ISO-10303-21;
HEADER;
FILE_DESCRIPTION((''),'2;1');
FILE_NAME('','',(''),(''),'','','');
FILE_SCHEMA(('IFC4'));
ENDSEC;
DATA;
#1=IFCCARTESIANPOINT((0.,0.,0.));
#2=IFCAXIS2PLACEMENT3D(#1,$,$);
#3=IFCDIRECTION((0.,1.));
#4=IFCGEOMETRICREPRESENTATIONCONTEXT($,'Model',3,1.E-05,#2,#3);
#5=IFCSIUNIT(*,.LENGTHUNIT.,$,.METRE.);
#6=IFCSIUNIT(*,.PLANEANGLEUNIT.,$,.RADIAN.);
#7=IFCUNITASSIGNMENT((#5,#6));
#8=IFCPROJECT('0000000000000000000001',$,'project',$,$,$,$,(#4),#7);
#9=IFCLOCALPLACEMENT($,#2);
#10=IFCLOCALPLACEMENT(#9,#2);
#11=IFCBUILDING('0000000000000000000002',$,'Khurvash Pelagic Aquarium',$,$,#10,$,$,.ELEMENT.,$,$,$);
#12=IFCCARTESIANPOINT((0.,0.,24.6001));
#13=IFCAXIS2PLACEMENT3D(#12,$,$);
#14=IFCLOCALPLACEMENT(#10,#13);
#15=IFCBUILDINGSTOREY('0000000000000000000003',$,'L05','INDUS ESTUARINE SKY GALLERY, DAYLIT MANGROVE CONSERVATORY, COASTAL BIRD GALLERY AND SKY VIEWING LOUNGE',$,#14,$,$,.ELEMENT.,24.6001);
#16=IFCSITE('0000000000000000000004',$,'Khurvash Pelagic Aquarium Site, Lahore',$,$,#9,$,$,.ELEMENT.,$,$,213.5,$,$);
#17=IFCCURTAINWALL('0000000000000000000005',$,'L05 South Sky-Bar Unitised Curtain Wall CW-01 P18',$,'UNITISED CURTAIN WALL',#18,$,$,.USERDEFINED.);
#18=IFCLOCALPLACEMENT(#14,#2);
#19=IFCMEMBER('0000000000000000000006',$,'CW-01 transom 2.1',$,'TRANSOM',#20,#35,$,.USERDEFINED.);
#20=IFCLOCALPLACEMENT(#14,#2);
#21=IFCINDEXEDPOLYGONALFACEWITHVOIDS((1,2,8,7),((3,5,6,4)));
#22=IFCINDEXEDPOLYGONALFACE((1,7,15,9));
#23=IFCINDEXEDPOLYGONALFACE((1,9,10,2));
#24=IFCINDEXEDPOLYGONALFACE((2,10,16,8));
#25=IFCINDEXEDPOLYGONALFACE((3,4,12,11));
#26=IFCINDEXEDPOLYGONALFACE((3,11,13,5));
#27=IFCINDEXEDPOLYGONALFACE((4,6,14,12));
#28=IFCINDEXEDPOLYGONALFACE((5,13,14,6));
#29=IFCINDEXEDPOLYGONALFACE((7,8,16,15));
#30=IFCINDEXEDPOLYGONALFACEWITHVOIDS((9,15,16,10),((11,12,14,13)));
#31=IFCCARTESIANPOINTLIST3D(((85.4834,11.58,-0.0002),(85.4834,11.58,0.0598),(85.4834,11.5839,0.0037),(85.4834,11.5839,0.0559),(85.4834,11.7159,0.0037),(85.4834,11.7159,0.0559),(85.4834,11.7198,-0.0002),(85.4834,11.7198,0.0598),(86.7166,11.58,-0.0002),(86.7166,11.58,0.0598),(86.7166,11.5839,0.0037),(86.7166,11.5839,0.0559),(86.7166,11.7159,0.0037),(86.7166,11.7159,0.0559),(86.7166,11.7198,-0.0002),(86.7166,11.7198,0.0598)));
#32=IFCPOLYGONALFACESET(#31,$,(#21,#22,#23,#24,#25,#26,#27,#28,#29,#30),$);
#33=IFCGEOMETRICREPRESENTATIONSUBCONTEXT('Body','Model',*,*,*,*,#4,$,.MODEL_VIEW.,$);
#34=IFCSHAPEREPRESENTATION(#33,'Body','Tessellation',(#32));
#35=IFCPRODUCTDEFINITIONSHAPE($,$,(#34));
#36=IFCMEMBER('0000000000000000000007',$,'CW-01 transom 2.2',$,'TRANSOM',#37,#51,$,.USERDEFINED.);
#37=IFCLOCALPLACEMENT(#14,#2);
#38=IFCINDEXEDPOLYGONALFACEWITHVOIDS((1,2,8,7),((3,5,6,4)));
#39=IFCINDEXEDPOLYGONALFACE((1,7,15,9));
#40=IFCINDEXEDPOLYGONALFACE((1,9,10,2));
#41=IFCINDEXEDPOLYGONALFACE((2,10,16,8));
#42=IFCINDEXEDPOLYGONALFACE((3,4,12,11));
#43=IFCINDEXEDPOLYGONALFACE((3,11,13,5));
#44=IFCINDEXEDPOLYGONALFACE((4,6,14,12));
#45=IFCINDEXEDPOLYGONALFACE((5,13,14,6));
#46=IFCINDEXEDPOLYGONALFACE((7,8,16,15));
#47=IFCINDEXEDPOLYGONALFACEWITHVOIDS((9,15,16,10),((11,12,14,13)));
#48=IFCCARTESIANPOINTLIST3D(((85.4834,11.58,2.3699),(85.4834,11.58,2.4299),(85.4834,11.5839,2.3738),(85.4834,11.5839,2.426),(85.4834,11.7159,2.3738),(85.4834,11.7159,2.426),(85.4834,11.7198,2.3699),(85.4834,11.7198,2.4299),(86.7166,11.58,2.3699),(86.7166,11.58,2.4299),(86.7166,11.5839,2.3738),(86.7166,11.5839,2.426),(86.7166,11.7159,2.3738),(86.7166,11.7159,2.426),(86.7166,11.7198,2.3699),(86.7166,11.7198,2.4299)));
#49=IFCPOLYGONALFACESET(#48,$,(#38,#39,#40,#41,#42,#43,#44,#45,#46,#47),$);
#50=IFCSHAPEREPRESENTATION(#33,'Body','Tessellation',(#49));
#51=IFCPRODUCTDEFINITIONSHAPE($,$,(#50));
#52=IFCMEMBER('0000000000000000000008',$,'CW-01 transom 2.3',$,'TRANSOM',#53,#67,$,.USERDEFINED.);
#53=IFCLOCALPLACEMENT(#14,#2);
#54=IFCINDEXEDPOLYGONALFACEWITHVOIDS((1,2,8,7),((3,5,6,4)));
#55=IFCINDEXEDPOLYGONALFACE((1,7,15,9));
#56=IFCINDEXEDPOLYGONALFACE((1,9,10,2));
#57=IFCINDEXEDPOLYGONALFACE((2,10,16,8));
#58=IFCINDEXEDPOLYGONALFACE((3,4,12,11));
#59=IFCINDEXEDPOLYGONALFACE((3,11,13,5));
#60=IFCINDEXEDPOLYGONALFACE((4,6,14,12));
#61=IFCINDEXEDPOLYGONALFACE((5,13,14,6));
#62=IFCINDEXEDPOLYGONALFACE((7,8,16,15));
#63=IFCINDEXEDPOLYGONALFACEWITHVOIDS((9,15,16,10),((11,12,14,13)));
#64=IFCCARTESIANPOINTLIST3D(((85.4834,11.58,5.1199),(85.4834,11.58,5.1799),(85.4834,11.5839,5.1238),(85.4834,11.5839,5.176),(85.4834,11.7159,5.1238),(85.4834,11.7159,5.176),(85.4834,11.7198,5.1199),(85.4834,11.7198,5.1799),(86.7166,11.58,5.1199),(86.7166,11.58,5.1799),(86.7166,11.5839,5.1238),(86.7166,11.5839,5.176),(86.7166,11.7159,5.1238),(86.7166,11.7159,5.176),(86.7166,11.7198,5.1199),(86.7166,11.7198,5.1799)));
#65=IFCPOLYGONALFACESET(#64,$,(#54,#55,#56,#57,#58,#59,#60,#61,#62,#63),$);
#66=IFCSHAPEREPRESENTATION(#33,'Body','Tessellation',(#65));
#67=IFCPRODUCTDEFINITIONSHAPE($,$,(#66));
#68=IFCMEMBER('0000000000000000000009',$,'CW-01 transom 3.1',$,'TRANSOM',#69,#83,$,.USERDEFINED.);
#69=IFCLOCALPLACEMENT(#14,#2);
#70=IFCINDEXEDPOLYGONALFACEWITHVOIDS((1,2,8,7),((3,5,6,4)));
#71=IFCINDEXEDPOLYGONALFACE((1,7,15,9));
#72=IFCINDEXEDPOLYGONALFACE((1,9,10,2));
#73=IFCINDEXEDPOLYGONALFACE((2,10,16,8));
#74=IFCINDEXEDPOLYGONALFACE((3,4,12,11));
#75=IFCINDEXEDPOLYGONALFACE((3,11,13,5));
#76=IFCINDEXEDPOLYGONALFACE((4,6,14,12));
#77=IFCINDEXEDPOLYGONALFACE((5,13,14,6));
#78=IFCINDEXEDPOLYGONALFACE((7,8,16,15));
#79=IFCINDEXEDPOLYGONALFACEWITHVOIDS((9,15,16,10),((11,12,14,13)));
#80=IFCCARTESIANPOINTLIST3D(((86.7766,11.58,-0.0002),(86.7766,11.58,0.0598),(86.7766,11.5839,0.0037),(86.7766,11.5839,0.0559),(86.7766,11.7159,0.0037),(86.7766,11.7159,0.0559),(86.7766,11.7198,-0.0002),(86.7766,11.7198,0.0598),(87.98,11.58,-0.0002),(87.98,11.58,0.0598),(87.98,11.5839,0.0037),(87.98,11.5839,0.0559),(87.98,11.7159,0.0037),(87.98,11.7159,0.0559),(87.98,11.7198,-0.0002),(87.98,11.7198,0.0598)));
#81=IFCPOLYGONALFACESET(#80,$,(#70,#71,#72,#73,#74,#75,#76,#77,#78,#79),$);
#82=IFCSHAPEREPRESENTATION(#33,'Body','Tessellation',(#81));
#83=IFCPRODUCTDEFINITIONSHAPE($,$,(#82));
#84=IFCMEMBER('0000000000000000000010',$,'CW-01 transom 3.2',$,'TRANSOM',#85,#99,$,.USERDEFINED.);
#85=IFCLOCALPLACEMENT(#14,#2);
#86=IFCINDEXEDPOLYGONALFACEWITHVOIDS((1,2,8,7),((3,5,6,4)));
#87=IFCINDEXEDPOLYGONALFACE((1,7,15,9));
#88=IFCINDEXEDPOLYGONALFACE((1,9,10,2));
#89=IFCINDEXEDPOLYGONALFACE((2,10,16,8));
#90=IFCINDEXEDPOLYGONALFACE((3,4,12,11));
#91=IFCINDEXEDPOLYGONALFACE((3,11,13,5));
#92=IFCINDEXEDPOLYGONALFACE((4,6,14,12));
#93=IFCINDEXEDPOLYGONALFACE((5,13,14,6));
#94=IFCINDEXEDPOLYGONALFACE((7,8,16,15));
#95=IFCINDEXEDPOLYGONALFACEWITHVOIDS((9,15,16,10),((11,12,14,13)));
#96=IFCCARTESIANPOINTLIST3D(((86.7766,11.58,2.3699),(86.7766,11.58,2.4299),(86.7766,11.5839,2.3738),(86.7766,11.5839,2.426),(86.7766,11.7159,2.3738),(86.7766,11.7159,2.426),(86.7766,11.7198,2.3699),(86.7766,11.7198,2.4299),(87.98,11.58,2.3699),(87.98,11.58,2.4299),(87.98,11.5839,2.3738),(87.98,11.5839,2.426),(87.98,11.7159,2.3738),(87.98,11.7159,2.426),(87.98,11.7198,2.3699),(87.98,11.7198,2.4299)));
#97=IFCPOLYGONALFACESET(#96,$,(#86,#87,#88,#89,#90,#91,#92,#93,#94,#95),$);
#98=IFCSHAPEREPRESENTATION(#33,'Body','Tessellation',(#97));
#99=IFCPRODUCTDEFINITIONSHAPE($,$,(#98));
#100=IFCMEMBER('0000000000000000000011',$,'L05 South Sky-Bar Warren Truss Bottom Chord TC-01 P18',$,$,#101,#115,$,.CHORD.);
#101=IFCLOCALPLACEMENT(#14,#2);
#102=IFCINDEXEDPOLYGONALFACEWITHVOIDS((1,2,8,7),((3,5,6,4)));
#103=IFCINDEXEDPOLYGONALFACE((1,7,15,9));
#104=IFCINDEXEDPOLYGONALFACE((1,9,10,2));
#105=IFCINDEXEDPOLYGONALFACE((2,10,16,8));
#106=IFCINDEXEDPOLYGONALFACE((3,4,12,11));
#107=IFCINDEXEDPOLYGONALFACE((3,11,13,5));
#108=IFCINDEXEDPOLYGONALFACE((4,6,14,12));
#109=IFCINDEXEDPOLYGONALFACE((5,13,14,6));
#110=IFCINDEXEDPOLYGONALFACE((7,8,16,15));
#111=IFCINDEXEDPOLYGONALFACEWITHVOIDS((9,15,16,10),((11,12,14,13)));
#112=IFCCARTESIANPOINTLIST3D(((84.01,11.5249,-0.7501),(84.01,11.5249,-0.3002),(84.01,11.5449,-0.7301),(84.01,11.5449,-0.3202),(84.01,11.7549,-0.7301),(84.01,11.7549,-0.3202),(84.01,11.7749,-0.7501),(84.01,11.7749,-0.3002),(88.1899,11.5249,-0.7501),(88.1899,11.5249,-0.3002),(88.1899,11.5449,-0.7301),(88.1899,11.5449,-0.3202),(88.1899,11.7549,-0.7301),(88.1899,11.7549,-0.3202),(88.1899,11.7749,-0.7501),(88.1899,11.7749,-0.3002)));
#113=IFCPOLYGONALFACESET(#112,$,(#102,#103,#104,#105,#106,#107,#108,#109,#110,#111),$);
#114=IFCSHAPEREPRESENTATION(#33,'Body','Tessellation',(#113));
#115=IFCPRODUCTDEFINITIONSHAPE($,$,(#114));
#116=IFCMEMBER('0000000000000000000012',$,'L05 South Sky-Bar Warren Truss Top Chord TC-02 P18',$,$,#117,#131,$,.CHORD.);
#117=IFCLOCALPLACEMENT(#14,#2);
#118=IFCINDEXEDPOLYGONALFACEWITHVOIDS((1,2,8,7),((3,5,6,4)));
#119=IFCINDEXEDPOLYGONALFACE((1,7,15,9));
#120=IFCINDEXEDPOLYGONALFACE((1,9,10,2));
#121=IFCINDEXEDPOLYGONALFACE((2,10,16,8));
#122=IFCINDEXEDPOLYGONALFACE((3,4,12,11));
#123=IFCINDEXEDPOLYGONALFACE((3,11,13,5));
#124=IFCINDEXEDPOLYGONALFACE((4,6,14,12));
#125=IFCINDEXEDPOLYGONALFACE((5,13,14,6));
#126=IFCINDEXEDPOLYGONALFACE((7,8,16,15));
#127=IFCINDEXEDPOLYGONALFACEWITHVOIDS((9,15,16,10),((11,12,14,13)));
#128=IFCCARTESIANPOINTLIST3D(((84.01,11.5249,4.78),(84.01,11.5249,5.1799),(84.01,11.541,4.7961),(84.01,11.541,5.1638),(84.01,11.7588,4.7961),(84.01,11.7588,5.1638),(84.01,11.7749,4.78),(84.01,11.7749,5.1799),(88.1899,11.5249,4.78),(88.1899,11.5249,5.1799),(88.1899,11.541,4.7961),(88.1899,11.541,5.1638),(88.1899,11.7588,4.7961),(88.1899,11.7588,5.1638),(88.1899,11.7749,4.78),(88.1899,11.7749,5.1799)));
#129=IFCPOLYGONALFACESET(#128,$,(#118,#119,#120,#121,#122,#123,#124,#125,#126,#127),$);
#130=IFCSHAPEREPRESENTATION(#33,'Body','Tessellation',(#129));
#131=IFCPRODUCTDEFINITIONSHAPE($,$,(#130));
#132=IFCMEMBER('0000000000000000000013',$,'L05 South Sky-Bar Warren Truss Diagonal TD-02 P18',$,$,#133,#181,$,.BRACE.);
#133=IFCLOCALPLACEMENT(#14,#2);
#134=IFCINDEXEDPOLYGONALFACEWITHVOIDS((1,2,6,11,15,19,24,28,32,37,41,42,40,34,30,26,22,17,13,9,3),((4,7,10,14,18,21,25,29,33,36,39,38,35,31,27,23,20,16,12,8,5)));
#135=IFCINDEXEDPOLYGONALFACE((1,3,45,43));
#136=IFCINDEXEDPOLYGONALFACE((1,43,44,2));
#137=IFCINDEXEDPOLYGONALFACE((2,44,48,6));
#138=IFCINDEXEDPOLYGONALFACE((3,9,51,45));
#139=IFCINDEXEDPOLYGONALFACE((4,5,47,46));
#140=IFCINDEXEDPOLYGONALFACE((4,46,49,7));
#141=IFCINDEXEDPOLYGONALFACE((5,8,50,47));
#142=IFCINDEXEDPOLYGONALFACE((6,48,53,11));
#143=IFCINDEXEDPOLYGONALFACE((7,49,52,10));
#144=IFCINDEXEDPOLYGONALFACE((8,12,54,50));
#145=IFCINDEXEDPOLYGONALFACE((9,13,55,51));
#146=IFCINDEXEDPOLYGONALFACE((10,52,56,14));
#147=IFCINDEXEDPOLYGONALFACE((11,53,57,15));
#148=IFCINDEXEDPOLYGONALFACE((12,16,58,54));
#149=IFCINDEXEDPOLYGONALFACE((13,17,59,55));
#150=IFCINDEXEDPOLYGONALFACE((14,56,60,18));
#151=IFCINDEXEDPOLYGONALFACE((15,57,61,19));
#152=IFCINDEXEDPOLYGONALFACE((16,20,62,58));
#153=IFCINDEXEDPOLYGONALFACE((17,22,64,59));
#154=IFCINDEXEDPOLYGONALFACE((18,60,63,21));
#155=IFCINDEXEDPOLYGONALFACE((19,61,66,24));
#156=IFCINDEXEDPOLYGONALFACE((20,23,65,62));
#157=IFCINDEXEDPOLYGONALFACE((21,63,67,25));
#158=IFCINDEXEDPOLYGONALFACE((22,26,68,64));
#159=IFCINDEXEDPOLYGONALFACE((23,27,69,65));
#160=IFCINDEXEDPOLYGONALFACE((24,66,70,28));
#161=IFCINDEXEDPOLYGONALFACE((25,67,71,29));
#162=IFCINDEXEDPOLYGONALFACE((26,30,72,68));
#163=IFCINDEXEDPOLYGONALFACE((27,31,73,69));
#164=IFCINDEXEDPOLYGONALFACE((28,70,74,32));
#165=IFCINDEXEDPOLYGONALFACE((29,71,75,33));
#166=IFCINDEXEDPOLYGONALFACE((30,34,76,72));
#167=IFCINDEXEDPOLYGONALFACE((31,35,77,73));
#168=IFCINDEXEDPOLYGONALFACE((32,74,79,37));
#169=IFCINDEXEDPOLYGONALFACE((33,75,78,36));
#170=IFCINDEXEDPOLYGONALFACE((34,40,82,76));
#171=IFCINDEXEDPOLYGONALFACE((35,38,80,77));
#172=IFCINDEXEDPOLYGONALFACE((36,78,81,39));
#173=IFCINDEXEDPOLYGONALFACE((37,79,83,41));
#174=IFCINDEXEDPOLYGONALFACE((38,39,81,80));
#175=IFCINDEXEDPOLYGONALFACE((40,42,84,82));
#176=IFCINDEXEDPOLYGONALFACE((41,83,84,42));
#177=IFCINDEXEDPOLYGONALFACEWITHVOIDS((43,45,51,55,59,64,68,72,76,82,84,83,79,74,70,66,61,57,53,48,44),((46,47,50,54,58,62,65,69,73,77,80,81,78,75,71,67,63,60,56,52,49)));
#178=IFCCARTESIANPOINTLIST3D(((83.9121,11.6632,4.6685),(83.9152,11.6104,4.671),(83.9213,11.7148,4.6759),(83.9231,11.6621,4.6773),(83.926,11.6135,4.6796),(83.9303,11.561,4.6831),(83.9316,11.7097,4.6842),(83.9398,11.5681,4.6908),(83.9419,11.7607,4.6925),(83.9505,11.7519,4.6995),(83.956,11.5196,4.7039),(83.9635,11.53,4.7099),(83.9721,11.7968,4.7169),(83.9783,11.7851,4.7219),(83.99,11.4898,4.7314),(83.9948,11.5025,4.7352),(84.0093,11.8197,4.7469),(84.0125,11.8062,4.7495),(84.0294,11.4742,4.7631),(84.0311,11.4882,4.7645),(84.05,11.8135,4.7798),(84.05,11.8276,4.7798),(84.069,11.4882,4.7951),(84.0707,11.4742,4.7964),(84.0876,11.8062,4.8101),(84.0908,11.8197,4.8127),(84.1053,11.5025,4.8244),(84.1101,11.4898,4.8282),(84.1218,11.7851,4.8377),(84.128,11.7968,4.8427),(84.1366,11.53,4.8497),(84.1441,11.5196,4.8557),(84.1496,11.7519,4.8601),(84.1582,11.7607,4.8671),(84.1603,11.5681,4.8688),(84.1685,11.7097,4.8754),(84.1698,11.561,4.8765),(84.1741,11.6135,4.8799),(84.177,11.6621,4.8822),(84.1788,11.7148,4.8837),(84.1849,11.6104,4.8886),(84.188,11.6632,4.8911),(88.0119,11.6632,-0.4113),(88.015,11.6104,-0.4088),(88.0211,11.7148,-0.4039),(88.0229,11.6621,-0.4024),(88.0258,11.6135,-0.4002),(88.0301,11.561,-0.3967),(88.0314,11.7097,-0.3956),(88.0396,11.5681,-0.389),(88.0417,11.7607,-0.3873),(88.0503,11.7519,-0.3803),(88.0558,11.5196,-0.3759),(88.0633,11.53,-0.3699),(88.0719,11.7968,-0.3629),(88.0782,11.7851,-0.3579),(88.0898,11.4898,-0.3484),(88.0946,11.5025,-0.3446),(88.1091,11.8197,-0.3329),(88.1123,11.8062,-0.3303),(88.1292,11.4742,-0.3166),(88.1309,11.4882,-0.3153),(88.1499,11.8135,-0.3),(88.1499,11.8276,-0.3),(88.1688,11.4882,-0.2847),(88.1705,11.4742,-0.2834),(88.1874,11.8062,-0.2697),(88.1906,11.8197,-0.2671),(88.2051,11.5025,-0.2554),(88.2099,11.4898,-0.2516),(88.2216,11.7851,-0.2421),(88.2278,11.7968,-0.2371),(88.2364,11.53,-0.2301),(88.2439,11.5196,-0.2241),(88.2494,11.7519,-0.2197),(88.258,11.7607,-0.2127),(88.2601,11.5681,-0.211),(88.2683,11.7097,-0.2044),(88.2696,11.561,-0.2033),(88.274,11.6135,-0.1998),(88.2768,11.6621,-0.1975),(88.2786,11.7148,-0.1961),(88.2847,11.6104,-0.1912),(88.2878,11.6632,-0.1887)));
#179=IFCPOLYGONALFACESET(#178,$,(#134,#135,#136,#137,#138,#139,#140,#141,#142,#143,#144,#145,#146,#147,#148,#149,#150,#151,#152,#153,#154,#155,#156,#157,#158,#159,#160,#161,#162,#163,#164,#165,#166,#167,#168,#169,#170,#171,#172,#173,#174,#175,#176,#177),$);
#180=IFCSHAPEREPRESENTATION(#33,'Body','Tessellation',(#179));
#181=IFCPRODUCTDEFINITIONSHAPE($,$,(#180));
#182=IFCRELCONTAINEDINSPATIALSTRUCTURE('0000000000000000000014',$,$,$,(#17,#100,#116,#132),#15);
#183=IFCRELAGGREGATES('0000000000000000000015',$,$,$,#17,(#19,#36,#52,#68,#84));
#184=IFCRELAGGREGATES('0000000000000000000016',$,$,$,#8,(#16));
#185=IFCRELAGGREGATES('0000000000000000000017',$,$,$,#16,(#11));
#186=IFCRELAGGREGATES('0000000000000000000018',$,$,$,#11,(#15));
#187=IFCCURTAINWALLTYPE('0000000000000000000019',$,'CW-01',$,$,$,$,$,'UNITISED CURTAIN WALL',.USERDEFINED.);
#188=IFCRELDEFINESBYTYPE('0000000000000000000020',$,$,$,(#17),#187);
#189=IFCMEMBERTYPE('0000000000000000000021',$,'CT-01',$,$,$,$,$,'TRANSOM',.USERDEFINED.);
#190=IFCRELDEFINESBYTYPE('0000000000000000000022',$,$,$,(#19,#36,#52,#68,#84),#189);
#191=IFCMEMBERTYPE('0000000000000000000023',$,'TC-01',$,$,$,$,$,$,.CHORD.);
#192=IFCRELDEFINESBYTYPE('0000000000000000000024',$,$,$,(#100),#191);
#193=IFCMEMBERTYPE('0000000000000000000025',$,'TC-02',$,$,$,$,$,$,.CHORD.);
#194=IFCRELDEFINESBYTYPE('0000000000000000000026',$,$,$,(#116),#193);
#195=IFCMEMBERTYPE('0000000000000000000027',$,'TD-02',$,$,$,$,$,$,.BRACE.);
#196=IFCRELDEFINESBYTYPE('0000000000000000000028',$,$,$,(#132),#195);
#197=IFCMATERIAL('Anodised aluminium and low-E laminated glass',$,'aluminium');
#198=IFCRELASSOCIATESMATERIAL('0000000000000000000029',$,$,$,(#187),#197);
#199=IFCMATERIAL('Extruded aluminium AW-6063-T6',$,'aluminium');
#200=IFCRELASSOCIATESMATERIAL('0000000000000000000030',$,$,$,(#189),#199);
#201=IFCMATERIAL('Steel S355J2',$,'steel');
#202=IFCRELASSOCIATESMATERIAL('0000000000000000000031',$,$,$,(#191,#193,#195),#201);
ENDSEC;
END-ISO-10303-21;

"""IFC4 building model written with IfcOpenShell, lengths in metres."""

from ifc_helpers import new_model, si_unit, direction, frame, origin, origin_2d, place, context, subcontext, project, spatial, hollow_rectangle, hollow_circle, extrude, material, material_profile, profile_set, type_object, element, aggregate, save


model = new_model("IFC4")

# Units and contexts
model_context = context("Model", 3, precision=1e-05, world=origin(), true_north=direction((0.0, 1.0)))
body_context = subcontext(model_context, "Body", "Model", "MODEL_VIEW")
ifc_project = project(units=[si_unit("LENGTHUNIT", "METRE"), si_unit("PLANEANGLEUNIT", "RADIAN")], contexts=[model_context])

# Site, building, storey
site_placement = place(None, origin())
site = spatial("IfcSite", under=ifc_project, at=site_placement, Name="Khurvash Pelagic Aquarium Site, Lahore", CompositionType="ELEMENT", RefElevation=213.5)
building_placement = place(site_placement, origin())
building = spatial("IfcBuilding", under=site, at=building_placement, Name="Khurvash Pelagic Aquarium", CompositionType="ELEMENT")
storey_placement = place(building_placement, frame((0.0, 0.0, 24.6001)))
storey = spatial("IfcBuildingStorey", under=building, at=storey_placement, Name="L05", Description="INDUS ESTUARINE SKY GALLERY, DAYLIT MANGROVE CONSERVATORY, COASTAL BIRD GALLERY AND SKY VIEWING LOUNGE", CompositionType="ELEMENT", Elevation=24.6001)

# Curtain wall
ifc_material_1 = material(Name="Anodised aluminium and low-E laminated glass", Category="aluminium")
curtain_wall_type = type_object("IfcCurtainWallType", Name="CW-01", ElementType="UNITISED CURTAIN WALL", PredefinedType="USERDEFINED", material=ifc_material_1)
ifc_material_2 = material(Name="Extruded aluminium AW-6063-T6", Category="aluminium")
curtain_wall_1_placement = place(storey_placement, origin())
curtain_wall_1 = element("IfcCurtainWall", 1, at=curtain_wall_1_placement, inside=storey, type_object=curtain_wall_type, Name="L05 South Sky-Bar Unitised Curtain Wall CW-01 P18", ObjectType="UNITISED CURTAIN WALL", PredefinedType="USERDEFINED")

# Members
ifc_material_profile_1 = material_profile(ifc_material_2, hollow_rectangle(XDim=0.1399, YDim=0.0601, WallThickness=0.0039, at=origin_2d()), Name="CWT140X60X4")
ifc_profile_set_1 = profile_set([ifc_material_profile_1], Name="Extruded aluminium AW-6063-T6")
member_type_1 = type_object("IfcMemberType", Name="CT-01", ElementType="TRANSOM", PredefinedType="USERDEFINED", material=ifc_profile_set_1)
member_1_placement = place(storey_placement, frame((85.4834, 11.6499, 0.0298), z_axis=(1.0, 0.0, 0.0), x_axis=(0.0, 1.0, 0.0)))
member_1 = element("IfcMember", 2, at=member_1_placement, type_object=member_type_1, Name="CW-01 transom 2.1", ObjectType="TRANSOM", PredefinedType="USERDEFINED", context=body_context, shape_type="SweptSolid", body=[
    extrude(hollow_rectangle(XDim=0.1399, YDim=0.0601, WallThickness=0.0039, at=origin_2d()), origin(), (0.0, 0.0, 1.0), 1.2332),
])
member_2_placement = place(storey_placement, frame((85.4834, 11.6499, 2.3999), z_axis=(1.0, 0.0, 0.0), x_axis=(0.0, 1.0, 0.0)))
member_2 = element("IfcMember", 3, at=member_2_placement, type_object=member_type_1, Name="CW-01 transom 2.2", ObjectType="TRANSOM", PredefinedType="USERDEFINED", context=body_context, shape_type="SweptSolid", body=[
    extrude(hollow_rectangle(XDim=0.1399, YDim=0.0601, WallThickness=0.0039, at=origin_2d()), origin(), (0.0, 0.0, 1.0), 1.2332),
])
member_3_placement = place(storey_placement, frame((85.4834, 11.6499, 5.1499), z_axis=(1.0, 0.0, 0.0), x_axis=(0.0, 1.0, 0.0)))
member_3 = element("IfcMember", 4, at=member_3_placement, type_object=member_type_1, Name="CW-01 transom 2.3", ObjectType="TRANSOM", PredefinedType="USERDEFINED", context=body_context, shape_type="SweptSolid", body=[
    extrude(hollow_rectangle(XDim=0.1399, YDim=0.0601, WallThickness=0.0039, at=origin_2d()), origin(), (0.0, 0.0, 1.0), 1.2332),
])
member_4_placement = place(storey_placement, frame((86.7766, 11.6499, 0.0298), z_axis=(1.0, 0.0, 0.0), x_axis=(0.0, 1.0, 0.0)))
member_4 = element("IfcMember", 5, at=member_4_placement, type_object=member_type_1, Name="CW-01 transom 3.1", ObjectType="TRANSOM", PredefinedType="USERDEFINED", context=body_context, shape_type="SweptSolid", body=[
    extrude(hollow_rectangle(XDim=0.1399, YDim=0.0601, WallThickness=0.0039, at=origin_2d()), origin(), (0.0, 0.0, 1.0), 1.2034),
])
member_5_placement = place(storey_placement, frame((86.7766, 11.6499, 2.3999), z_axis=(1.0, 0.0, 0.0), x_axis=(0.0, 1.0, 0.0)))
member_5 = element("IfcMember", 6, at=member_5_placement, type_object=member_type_1, Name="CW-01 transom 3.2", ObjectType="TRANSOM", PredefinedType="USERDEFINED", context=body_context, shape_type="SweptSolid", body=[
    extrude(hollow_rectangle(XDim=0.1399, YDim=0.0601, WallThickness=0.0039, at=origin_2d()), origin(), (0.0, 0.0, 1.0), 1.2034),
])

# Members
ifc_material_3 = material(Name="Steel S355J2", Category="steel")
ifc_material_profile_2 = material_profile(ifc_material_3, hollow_rectangle(XDim=0.25, YDim=0.45, WallThickness=0.02, at=origin_2d()), Name="RHS450X250X20")
ifc_profile_set_2 = profile_set([ifc_material_profile_2], Name="Steel S355J2")
member_type_2 = type_object("IfcMemberType", Name="TC-01", PredefinedType="CHORD", material=ifc_profile_set_2)
member_6_placement = place(storey_placement, frame((84.01, 11.6499, -0.5251), z_axis=(1.0, 0.0, 0.0), x_axis=(0.0, 1.0, 0.0)))
element("IfcMember", 7, at=member_6_placement, inside=storey, type_object=member_type_2, Name="L05 South Sky-Bar Warren Truss Bottom Chord TC-01 P18", PredefinedType="CHORD", context=body_context, shape_type="SweptSolid", body=[
    extrude(hollow_rectangle(XDim=0.25, YDim=0.45, WallThickness=0.02, at=origin_2d()), origin(), (0.0, 0.0, 1.0), 4.1799),
])
ifc_material_profile_3 = material_profile(ifc_material_3, hollow_rectangle(XDim=0.25, YDim=0.3999, WallThickness=0.0161, at=origin_2d()), Name="RHS400X250X16")
ifc_profile_set_3 = profile_set([ifc_material_profile_3], Name="Steel S355J2")
member_type_3 = type_object("IfcMemberType", Name="TC-02", PredefinedType="CHORD", material=ifc_profile_set_3)
member_7_placement = place(storey_placement, frame((84.01, 11.6499, 4.98), z_axis=(1.0, 0.0, 0.0), x_axis=(0.0, 1.0, 0.0)))
element("IfcMember", 8, at=member_7_placement, inside=storey, type_object=member_type_3, Name="L05 South Sky-Bar Warren Truss Top Chord TC-02 P18", PredefinedType="CHORD", context=body_context, shape_type="SweptSolid", body=[
    extrude(hollow_rectangle(XDim=0.25, YDim=0.3999, WallThickness=0.0161, at=origin_2d()), origin(), (0.0, 0.0, 1.0), 4.1799),
])
ifc_material_profile_4 = material_profile(ifc_material_3, hollow_circle(Radius=0.1777, WallThickness=0.0142, at=origin_2d()), Name="CHS355X14")
ifc_profile_set_4 = profile_set([ifc_material_profile_4], Name="Steel S355J2")
member_type_4 = type_object("IfcMemberType", Name="TD-02", PredefinedType="BRACE", material=ifc_profile_set_4)
member_8_placement = place(storey_placement, frame((84.05, 11.6499, 4.7798), z_axis=(0.628051, 0.0, -0.778172), x_axis=(0.0, 1.0, 0.0)))
element("IfcMember", 9, at=member_8_placement, inside=storey, type_object=member_type_4, Name="L05 South Sky-Bar Warren Truss Diagonal TD-02 P18", PredefinedType="BRACE", context=body_context, shape_type="SweptSolid", body=[
    extrude(hollow_circle(Radius=0.1777, WallThickness=0.0142, at=origin_2d()), origin(), (0.0, 0.0, 1.0), 6.5278),
])

aggregate(curtain_wall_1, [member_1, member_2, member_3, member_4, member_5])

save(model, "model.ifc")
